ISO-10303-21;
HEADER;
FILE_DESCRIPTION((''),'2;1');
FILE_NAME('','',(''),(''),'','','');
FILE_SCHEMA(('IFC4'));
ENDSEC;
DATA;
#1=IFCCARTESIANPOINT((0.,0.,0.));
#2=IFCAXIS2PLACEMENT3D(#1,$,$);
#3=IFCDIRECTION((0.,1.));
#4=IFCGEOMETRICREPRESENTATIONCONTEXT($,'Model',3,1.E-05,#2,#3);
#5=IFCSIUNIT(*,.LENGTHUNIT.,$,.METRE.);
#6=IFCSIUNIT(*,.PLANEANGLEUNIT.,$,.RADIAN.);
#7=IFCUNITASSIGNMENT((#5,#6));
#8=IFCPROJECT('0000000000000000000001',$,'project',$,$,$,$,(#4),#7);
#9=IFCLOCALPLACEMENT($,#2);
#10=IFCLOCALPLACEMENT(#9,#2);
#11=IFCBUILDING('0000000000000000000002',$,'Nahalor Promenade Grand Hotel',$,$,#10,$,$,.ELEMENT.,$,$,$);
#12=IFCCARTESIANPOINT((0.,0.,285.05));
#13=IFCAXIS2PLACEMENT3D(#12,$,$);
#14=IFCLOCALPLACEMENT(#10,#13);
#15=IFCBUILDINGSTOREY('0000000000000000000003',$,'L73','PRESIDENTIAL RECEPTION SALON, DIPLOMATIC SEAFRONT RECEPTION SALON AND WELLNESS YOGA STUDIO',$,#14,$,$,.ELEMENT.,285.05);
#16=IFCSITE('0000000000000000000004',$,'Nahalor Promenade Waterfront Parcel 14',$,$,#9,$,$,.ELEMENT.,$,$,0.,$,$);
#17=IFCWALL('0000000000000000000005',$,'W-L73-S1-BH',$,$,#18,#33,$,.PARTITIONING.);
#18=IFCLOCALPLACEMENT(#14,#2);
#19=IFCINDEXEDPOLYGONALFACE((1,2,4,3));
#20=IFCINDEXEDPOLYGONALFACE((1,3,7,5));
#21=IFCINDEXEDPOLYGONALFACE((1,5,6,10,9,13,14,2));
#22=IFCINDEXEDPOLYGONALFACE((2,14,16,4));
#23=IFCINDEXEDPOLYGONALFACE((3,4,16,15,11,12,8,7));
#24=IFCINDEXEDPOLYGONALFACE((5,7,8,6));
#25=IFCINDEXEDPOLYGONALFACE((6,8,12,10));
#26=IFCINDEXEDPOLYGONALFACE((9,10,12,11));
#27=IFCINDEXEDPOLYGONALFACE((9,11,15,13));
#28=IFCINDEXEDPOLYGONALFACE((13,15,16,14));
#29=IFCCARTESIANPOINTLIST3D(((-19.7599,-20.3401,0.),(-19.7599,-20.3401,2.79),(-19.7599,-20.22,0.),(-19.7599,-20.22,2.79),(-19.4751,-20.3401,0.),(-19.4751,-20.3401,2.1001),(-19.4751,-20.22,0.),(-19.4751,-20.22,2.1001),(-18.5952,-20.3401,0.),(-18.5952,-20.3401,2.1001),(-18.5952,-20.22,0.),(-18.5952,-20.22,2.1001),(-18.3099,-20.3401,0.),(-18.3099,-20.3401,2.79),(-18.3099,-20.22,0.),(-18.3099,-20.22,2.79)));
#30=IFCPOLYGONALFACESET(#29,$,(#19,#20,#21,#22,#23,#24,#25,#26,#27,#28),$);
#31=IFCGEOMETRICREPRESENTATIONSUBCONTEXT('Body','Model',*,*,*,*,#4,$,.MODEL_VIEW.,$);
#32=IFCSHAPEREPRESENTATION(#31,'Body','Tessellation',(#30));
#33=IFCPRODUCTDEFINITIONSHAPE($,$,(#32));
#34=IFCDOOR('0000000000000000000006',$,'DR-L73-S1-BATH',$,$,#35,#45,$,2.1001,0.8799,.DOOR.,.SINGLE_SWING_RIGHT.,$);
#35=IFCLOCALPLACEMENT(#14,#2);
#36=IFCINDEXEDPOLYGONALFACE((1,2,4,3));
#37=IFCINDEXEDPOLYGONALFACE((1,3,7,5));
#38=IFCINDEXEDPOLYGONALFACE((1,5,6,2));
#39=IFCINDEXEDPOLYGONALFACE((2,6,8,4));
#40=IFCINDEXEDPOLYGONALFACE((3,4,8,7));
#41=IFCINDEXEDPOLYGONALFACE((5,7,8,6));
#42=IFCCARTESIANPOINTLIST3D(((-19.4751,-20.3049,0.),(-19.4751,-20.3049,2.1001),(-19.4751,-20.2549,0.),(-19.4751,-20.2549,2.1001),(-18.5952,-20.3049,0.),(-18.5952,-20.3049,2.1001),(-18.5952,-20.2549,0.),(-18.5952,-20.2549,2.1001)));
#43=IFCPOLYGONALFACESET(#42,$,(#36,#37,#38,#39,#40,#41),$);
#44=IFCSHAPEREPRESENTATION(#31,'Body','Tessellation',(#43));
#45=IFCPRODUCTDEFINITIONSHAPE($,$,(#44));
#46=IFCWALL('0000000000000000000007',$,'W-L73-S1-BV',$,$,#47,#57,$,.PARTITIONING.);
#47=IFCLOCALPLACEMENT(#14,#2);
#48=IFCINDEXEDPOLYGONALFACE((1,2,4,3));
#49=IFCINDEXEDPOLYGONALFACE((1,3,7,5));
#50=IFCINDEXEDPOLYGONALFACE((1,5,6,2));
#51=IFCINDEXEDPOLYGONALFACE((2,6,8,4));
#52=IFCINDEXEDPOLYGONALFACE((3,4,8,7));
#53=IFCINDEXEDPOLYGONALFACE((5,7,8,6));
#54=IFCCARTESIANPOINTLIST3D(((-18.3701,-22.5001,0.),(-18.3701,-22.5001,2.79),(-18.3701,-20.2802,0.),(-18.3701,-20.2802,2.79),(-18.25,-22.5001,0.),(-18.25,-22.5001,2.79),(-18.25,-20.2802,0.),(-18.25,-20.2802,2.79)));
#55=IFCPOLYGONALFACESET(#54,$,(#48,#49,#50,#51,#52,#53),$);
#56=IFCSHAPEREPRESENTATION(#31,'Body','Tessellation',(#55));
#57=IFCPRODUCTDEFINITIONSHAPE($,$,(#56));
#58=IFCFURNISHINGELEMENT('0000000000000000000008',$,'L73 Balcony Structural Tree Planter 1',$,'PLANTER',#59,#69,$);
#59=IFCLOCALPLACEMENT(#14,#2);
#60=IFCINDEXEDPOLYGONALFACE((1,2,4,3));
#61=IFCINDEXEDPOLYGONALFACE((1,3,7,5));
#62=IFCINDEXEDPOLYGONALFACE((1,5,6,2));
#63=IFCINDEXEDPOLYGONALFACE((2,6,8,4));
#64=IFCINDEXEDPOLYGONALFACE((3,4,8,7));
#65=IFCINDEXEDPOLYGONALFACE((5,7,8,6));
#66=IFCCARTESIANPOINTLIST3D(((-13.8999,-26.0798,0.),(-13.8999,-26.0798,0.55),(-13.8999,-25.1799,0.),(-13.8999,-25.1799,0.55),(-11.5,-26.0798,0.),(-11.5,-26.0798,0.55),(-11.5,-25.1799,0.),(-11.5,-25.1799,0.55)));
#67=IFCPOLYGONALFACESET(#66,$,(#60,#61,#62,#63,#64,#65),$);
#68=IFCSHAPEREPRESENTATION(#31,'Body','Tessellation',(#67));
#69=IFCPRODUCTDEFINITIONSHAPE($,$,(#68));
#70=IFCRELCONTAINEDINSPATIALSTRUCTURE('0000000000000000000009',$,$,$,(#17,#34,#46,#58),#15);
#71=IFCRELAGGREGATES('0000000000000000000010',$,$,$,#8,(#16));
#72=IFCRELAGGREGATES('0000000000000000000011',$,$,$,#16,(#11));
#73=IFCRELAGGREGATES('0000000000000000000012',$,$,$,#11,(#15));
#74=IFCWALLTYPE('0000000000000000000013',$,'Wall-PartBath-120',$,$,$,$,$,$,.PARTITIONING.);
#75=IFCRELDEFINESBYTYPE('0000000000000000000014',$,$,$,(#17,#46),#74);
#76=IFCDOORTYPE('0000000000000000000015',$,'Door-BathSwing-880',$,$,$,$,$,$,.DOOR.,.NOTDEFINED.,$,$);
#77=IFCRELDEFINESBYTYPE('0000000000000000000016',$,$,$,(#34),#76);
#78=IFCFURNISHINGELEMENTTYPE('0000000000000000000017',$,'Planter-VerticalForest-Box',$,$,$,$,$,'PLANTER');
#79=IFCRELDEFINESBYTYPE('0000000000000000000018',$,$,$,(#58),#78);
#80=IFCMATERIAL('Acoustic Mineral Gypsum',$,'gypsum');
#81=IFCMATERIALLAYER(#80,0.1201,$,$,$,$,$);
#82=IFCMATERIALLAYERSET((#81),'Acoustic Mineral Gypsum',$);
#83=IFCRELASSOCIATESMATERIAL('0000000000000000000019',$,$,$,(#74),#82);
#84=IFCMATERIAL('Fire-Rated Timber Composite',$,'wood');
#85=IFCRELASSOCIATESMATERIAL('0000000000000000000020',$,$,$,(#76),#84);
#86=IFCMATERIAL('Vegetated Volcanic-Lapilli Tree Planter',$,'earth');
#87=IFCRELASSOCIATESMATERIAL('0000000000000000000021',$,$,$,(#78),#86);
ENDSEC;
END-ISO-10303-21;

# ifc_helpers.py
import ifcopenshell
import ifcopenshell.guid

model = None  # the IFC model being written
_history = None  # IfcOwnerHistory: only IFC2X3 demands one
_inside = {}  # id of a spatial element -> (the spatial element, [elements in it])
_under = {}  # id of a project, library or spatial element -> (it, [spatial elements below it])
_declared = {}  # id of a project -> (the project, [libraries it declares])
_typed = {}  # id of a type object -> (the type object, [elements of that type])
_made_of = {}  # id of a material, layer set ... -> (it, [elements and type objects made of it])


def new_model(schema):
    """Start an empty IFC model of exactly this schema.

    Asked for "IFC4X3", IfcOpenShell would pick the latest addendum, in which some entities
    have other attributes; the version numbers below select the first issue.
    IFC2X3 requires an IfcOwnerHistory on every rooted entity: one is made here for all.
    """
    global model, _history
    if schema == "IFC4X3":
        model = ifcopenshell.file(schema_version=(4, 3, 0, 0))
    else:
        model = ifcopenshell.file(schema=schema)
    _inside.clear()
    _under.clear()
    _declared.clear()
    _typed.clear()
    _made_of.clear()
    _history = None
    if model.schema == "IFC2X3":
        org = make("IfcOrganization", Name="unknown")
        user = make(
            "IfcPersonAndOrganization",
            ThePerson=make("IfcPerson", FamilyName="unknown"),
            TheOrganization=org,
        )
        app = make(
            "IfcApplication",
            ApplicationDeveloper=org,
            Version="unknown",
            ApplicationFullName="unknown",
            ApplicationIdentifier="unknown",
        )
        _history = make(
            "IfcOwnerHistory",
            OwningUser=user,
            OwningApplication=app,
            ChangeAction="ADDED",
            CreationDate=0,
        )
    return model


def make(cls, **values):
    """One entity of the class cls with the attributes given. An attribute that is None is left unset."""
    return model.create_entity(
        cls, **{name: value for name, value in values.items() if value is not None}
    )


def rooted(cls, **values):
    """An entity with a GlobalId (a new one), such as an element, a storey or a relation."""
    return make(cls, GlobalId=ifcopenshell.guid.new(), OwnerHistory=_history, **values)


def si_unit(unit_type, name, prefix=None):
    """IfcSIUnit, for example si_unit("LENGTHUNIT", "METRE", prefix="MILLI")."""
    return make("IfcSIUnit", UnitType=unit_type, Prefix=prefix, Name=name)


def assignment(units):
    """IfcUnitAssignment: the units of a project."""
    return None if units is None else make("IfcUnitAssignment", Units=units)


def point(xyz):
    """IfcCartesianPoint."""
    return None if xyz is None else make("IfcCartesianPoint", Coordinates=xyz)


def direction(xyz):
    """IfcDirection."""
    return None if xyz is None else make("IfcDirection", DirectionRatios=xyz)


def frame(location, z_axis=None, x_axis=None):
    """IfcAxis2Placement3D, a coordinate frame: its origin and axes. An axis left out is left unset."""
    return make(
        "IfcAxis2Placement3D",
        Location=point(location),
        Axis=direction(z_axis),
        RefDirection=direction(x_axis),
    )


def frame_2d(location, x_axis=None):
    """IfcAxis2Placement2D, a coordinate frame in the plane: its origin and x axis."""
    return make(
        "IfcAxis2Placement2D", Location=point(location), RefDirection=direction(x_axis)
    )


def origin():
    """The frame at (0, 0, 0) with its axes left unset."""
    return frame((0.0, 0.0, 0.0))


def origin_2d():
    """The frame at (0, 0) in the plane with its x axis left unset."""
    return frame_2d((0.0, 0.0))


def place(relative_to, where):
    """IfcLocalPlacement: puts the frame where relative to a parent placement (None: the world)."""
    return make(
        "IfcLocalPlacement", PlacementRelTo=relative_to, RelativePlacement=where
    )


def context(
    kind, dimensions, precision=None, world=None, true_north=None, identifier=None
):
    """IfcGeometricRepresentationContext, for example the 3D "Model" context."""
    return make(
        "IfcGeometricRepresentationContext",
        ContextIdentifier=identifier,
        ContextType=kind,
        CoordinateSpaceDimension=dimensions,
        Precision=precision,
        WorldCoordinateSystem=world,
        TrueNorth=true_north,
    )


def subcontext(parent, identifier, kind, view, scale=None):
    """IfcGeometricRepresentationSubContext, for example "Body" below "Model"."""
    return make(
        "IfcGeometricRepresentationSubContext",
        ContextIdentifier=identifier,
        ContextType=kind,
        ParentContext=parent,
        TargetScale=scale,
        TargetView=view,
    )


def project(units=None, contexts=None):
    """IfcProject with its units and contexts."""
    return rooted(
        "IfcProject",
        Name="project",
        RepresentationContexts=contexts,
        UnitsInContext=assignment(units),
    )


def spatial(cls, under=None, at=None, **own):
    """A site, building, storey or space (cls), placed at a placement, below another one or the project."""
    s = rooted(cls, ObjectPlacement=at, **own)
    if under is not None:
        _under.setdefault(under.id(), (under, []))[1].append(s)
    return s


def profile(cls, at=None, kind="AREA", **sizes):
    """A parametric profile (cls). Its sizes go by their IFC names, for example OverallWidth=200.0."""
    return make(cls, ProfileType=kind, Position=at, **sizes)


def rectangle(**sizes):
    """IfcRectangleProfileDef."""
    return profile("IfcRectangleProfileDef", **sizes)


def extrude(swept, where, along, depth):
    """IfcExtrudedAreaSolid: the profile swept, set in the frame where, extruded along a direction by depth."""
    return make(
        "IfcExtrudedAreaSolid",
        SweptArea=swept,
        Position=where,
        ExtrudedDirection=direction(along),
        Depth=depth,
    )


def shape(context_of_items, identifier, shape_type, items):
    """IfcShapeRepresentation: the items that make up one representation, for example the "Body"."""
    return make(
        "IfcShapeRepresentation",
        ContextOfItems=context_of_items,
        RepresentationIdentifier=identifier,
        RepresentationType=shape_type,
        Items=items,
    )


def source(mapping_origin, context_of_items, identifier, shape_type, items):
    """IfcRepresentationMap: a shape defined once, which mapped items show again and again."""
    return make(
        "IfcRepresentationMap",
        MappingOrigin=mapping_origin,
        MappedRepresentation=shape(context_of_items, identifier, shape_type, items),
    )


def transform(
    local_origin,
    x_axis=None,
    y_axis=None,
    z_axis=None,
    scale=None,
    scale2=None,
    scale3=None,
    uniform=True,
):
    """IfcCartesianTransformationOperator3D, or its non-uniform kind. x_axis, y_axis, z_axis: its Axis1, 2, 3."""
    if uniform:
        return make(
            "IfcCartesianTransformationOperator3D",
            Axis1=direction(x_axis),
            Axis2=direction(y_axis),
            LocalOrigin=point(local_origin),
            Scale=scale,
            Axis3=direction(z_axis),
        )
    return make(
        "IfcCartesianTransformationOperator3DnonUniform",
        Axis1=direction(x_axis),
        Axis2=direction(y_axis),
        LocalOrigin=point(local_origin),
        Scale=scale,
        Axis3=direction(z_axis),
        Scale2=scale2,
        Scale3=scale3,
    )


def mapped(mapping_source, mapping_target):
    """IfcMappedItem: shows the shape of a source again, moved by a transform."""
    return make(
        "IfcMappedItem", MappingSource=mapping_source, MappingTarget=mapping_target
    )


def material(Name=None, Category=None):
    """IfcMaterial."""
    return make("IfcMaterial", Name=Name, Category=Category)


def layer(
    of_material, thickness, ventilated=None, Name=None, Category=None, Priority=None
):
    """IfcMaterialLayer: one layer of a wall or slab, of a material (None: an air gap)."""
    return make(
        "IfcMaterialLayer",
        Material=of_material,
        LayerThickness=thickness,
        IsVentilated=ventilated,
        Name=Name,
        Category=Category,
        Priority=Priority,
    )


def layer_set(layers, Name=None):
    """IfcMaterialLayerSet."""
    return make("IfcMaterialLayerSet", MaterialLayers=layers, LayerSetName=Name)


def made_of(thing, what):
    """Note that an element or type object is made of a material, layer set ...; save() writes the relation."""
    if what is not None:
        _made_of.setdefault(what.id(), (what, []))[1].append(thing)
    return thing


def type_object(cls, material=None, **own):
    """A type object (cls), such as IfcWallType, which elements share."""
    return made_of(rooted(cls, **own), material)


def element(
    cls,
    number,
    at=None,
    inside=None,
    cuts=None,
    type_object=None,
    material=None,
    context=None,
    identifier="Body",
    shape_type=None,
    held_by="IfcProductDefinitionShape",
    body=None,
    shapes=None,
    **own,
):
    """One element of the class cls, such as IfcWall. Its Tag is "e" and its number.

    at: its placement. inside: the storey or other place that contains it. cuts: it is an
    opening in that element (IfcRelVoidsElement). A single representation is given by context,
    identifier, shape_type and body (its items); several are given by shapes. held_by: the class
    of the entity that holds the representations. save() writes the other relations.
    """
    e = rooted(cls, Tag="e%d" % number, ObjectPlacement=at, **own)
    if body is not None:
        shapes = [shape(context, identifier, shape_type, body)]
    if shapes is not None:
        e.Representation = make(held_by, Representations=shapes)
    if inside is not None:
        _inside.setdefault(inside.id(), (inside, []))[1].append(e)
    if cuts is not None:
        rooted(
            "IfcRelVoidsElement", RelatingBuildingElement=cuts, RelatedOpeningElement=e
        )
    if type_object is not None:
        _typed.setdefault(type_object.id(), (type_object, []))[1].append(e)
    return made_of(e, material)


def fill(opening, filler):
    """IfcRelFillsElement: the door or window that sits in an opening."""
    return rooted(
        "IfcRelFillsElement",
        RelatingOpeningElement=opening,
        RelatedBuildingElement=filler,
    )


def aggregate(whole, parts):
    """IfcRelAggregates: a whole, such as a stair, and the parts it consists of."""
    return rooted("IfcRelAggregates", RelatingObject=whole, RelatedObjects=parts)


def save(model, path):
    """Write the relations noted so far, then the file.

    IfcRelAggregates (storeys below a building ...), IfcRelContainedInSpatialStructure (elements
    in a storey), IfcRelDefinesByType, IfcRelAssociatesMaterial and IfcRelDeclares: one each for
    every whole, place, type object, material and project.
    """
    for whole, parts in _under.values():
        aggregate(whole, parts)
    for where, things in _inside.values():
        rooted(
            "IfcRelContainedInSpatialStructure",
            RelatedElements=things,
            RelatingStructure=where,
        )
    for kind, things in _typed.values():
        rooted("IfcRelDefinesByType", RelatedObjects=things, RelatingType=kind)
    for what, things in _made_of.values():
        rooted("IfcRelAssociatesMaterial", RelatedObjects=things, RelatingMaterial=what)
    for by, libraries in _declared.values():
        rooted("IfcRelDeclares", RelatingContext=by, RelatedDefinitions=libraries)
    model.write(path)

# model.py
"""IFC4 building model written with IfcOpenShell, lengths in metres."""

from ifc_helpers import new_model, si_unit, direction, frame, frame_2d, origin, origin_2d, place, context, subcontext, project, spatial, rectangle, extrude, source, transform, mapped, material, layer, layer_set, type_object, element, fill, save


model = new_model("IFC4")

# Units and contexts
model_context = context("Model", 3, precision=1e-05, world=origin(), true_north=direction((0.0, 1.0)))
body_context = subcontext(model_context, "Body", "Model", "MODEL_VIEW")
ifc_project = project(units=[si_unit("LENGTHUNIT", "METRE"), si_unit("PLANEANGLEUNIT", "RADIAN")], contexts=[model_context])

# Site, building, storey
site_placement = place(None, origin())
site = spatial("IfcSite", under=ifc_project, at=site_placement, Name="Nahalor Promenade Waterfront Parcel 14", CompositionType="ELEMENT", RefElevation=0.0)
building_placement = place(site_placement, origin())
building = spatial("IfcBuilding", under=site, at=building_placement, Name="Nahalor Promenade Grand Hotel", CompositionType="ELEMENT")
storey_placement = place(building_placement, frame((0.0, 0.0, 285.05)))
storey = spatial("IfcBuildingStorey", under=building, at=storey_placement, Name="L73", Description="PRESIDENTIAL RECEPTION SALON, DIPLOMATIC SEAFRONT RECEPTION SALON AND WELLNESS YOGA STUDIO", CompositionType="ELEMENT", Elevation=285.05)

# Shared definitions
ifc_material_1 = material(Name="Acoustic Mineral Gypsum", Category="gypsum")

# Wall, opening, door
ifc_layer_1 = layer(ifc_material_1, 0.1201)
ifc_layer_set_1 = layer_set([ifc_layer_1], Name="Acoustic Mineral Gypsum")
wall_type_1 = type_object("IfcWallType", Name="Wall-PartBath-120", PredefinedType="PARTITIONING", material=ifc_layer_set_1)
shared_shape_1 = source(origin(), body_context, "Body", "SweptSolid", [
    extrude(rectangle(XDim=1.45, YDim=0.1201, at=frame_2d((0.7251, 0.0))), origin(), (0.0, 0.0, 1.0), 2.79),
])
wall_1_placement = place(storey_placement, frame((-19.76, -20.28, 0.0), z_axis=(0.0, 0.0, 1.0), x_axis=(1.0, 0.0, 0.0)))
wall_1 = element("IfcWall", 1, at=wall_1_placement, inside=storey, type_object=wall_type_1, Name="W-L73-S1-BH", PredefinedType="PARTITIONING", context=body_context, shape_type="MappedRepresentation", body=[
    mapped(shared_shape_1, transform((0.0, 0.0, 0.0), scale=1.0)),
])
opening_1_placement = place(wall_1_placement, frame((0.2849, 0.0, 0.0)))
opening_1 = element("IfcOpeningElement", 2, at=opening_1_placement, cuts=wall_1, PredefinedType="OPENING", context=body_context, shape_type="SweptSolid", body=[
    extrude(rectangle(XDim=0.8799, YDim=2.1001, at=frame_2d((0.4399, 1.05))), frame((0.0, 0.0701, 0.0), z_axis=(0.0, -1.0, 0.0), x_axis=(1.0, 0.0, 0.0)), (0.0, 0.0, 1.0), 0.1401),
])
ifc_material_2 = material(Name="Fire-Rated Timber Composite", Category="wood")
door_type_1 = type_object("IfcDoorType", Name="Door-BathSwing-880", OperationType="NOTDEFINED", PredefinedType="DOOR", material=ifc_material_2)
shared_shape_2 = source(origin(), body_context, "Body", "SweptSolid", [
    extrude(rectangle(XDim=0.8799, YDim=2.1001, at=frame_2d((0.4399, 1.05))), frame((0.0, 0.0249, 0.0), z_axis=(0.0, -1.0, 0.0), x_axis=(1.0, 0.0, 0.0)), (0.0, 0.0, 1.0), 0.05),
])
door_1_placement = place(opening_1_placement, frame((0.8799, 0.0, 0.0), z_axis=(0.0, 0.0, 1.0), x_axis=(-1.0, 0.0, 0.0)))
door_1 = element("IfcDoor", 3, at=door_1_placement, inside=storey, type_object=door_type_1, Name="DR-L73-S1-BATH", OperationType="SINGLE_SWING_RIGHT", OverallHeight=2.1001, OverallWidth=0.8799, PredefinedType="DOOR", context=body_context, shape_type="MappedRepresentation", body=[
    mapped(shared_shape_2, transform((0.0, 0.0, 0.0), scale=1.0)),
])
fill(opening_1, door_1)

# Wall
shared_shape_3 = source(origin(), body_context, "Body", "SweptSolid", [
    extrude(rectangle(XDim=2.22, YDim=0.1201, at=frame_2d((1.1099, 0.0))), origin(), (0.0, 0.0, 1.0), 2.79),
])
wall_2_placement = place(storey_placement, frame((-18.3101, -22.5, 0.0), z_axis=(0.0, 0.0, 1.0), x_axis=(0.0, 1.0, 0.0)))
element("IfcWall", 4, at=wall_2_placement, inside=storey, type_object=wall_type_1, Name="W-L73-S1-BV", PredefinedType="PARTITIONING", context=body_context, shape_type="MappedRepresentation", body=[
    mapped(shared_shape_3, transform((0.0, 0.0, 0.0), scale=1.0)),
])

# Furnishing element
ifc_material_3 = material(Name="Vegetated Volcanic-Lapilli Tree Planter", Category="earth")
furnishing_element_type = type_object("IfcFurnishingElementType", Name="Planter-VerticalForest-Box", ElementType="PLANTER", material=ifc_material_3)
shared_shape_4 = source(origin(), body_context, "Body", "SweptSolid", [
    extrude(rectangle(XDim=2.3999, YDim=0.8999, at=origin_2d()), origin(), (0.0, 0.0, 1.0), 0.55),
])
furnishing_placement = place(storey_placement, frame((-12.7, -25.6299, 0.0), z_axis=(0.0, 0.0, 1.0), x_axis=(1.0, 0.0, 0.0)))
element("IfcFurnishingElement", 5, at=furnishing_placement, inside=storey, type_object=furnishing_element_type, Name="L73 Balcony Structural Tree Planter 1", ObjectType="PLANTER", context=body_context, shape_type="MappedRepresentation", body=[
    mapped(shared_shape_4, transform((0.0, 0.0, 0.0), scale=1.0)),
])

save(model, "model.ifc")
